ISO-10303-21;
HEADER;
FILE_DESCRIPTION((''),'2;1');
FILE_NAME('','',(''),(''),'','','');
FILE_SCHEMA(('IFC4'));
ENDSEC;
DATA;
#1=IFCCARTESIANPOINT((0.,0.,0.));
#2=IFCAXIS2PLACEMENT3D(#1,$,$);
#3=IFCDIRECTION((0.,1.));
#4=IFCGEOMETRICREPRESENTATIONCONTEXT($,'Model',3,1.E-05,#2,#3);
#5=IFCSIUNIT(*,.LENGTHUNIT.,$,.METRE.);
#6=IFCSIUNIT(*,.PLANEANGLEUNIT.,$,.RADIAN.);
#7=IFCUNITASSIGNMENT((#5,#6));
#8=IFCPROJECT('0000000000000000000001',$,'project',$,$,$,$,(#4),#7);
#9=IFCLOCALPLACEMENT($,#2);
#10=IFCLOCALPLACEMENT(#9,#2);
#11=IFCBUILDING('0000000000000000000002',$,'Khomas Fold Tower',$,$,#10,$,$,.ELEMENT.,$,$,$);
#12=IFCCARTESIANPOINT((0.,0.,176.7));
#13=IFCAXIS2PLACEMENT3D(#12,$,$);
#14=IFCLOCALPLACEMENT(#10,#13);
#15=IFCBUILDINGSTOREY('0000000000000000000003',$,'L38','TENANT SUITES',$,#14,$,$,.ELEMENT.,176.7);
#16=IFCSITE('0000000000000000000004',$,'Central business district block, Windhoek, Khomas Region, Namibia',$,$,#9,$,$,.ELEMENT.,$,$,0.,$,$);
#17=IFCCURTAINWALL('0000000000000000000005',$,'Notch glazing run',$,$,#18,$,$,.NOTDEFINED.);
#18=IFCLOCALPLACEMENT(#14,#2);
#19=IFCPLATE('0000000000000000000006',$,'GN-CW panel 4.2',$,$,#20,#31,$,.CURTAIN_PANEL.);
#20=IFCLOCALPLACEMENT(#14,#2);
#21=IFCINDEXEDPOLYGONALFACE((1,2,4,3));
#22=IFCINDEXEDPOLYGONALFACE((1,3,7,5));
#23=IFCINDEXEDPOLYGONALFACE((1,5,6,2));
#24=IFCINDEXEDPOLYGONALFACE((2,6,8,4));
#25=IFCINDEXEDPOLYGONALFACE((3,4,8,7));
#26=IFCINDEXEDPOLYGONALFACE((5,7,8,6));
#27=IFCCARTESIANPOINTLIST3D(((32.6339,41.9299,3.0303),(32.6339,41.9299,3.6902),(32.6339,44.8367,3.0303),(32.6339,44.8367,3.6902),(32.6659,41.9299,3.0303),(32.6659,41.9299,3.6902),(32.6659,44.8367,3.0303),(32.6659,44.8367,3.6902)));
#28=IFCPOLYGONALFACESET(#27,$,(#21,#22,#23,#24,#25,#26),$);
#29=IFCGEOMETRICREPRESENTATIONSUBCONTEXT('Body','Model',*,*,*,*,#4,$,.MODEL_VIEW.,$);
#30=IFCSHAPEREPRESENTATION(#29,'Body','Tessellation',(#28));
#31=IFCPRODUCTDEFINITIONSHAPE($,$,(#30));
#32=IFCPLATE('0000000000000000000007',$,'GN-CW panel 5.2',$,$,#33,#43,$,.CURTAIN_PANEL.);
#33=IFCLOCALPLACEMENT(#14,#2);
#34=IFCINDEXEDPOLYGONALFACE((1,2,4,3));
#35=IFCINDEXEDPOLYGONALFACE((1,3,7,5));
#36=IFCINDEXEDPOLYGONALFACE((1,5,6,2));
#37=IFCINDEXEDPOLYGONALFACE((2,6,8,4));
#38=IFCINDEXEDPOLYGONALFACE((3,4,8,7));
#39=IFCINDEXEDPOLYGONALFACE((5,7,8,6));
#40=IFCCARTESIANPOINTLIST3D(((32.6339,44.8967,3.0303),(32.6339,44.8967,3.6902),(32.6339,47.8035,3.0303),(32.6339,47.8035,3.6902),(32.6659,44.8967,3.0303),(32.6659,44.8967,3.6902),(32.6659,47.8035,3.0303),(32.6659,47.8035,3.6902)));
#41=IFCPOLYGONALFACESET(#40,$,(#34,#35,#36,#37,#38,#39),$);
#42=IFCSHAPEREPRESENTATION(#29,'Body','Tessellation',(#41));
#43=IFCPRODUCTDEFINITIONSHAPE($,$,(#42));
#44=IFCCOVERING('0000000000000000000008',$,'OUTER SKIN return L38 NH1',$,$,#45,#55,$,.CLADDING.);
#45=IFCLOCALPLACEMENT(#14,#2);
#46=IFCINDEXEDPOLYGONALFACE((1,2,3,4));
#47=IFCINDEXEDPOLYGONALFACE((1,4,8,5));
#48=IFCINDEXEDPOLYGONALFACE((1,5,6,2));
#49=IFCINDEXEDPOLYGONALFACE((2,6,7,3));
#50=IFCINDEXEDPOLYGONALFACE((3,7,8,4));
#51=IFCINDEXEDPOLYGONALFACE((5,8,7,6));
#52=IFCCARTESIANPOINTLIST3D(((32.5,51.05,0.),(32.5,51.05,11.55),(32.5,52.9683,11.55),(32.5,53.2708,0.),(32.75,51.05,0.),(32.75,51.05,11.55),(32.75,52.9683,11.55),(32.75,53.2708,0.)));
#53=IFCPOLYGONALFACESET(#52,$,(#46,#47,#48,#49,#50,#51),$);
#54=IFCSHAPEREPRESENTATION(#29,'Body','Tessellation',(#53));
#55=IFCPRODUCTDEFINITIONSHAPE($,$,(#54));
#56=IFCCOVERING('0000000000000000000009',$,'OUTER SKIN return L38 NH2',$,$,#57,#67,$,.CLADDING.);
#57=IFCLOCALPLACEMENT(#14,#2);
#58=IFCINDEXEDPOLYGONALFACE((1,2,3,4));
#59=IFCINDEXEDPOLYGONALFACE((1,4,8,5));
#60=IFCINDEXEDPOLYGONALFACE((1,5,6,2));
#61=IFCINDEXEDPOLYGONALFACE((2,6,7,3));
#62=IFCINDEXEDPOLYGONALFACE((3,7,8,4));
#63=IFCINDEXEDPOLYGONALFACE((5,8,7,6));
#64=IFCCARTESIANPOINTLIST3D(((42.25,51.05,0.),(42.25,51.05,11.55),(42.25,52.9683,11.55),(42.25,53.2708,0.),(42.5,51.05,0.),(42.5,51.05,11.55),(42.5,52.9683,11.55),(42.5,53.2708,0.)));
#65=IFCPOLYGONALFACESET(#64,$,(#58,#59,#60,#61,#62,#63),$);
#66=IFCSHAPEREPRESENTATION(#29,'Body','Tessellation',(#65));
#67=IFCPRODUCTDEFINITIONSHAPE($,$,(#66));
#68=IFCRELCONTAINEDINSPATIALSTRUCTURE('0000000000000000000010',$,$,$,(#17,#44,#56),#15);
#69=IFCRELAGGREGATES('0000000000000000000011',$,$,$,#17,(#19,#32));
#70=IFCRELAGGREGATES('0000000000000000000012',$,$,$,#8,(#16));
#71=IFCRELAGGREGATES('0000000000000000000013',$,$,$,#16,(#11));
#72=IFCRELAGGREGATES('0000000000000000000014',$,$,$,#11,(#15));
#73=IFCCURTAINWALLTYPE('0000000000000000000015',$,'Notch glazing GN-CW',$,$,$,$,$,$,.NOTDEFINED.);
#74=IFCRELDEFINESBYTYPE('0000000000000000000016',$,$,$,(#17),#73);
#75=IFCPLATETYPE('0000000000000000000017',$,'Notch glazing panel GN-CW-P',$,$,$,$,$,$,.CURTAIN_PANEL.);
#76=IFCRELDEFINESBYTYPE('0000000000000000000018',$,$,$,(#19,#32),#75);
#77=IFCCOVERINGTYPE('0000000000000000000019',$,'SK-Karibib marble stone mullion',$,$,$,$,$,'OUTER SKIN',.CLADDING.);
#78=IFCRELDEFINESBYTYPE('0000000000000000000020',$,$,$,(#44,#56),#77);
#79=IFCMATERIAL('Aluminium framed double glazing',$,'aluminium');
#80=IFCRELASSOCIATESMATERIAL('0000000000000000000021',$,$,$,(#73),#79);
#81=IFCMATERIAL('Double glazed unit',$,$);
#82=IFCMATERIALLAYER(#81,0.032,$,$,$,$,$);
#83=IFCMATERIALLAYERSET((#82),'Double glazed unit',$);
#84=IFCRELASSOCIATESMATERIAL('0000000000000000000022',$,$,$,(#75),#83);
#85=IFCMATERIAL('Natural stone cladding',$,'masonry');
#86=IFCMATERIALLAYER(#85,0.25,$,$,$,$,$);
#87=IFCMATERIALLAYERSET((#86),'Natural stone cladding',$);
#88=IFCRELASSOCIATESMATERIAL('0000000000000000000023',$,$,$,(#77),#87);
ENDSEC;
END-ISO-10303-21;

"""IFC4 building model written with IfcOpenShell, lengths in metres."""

from ifc_helpers import new_model, si_unit, direction, frame, origin, origin_2d, place, context, subcontext, project, spatial, polyline, rectangle, outline, extrude, source, transform, mapped, material, layer, layer_set, type_object, element, aggregate, save


model = new_model("IFC4")

# Units and contexts
model_context = context("Model", 3, precision=1e-05, world=origin(), true_north=direction((0.0, 1.0)))
body_context = subcontext(model_context, "Body", "Model", "MODEL_VIEW")
ifc_project = project(units=[si_unit("LENGTHUNIT", "METRE"), si_unit("PLANEANGLEUNIT", "RADIAN")], contexts=[model_context])

# Site, building, storey
site_placement = place(None, origin())
site = spatial("IfcSite", under=ifc_project, at=site_placement, Name="Central business district block, Windhoek, Khomas Region, Namibia", CompositionType="ELEMENT", RefElevation=0.0)
building_placement = place(site_placement, origin())
building = spatial("IfcBuilding", under=site, at=building_placement, Name="Khomas Fold Tower", CompositionType="ELEMENT")
storey_placement = place(building_placement, frame((0.0, 0.0, 176.7)))
storey = spatial("IfcBuildingStorey", under=building, at=storey_placement, Name="L38", Description="TENANT SUITES", CompositionType="ELEMENT", Elevation=176.7)

# Curtain wall
ifc_material_1 = material(Name="Aluminium framed double glazing", Category="aluminium")
curtain_wall_type_1 = type_object("IfcCurtainWallType", Name="Notch glazing GN-CW", PredefinedType="NOTDEFINED", material=ifc_material_1)
curtain_wall_1_placement = place(storey_placement, origin())
curtain_wall_1 = element("IfcCurtainWall", 1, at=curtain_wall_1_placement, inside=storey, type_object=curtain_wall_type_1, Name="Notch glazing run", PredefinedType="NOTDEFINED")

# Plates
ifc_material_2 = material(Name="Double glazed unit")
ifc_layer_1 = layer(ifc_material_2, 0.032)
ifc_layer_set_1 = layer_set([ifc_layer_1], Name="Double glazed unit")
plate_type = type_object("IfcPlateType", Name="Notch glazing panel GN-CW-P", PredefinedType="CURTAIN_PANEL", material=ifc_layer_set_1)
shared_shape_1 = source(origin(), body_context, "Body", "SweptSolid", [
    extrude(rectangle(XDim=2.9067, YDim=0.032, at=origin_2d()), origin(), (0.0, 0.0, 1.0), 0.6599),
])
plate_1_placement = place(storey_placement, frame((32.6499, 43.3833, 3.0303), z_axis=(0.0, 0.0, 1.0), x_axis=(0.0, 1.0, 0.0)))
plate_1 = element("IfcPlate", 2, at=plate_1_placement, type_object=plate_type, Name="GN-CW panel 4.2", PredefinedType="CURTAIN_PANEL", context=body_context, shape_type="MappedRepresentation", body=[
    mapped(shared_shape_1, transform((0.0, 0.0, 0.0))),
])
plate_2_placement = place(storey_placement, frame((32.6499, 46.3501, 3.0303), z_axis=(0.0, 0.0, 1.0), x_axis=(0.0, 1.0, 0.0)))
plate_2 = element("IfcPlate", 3, at=plate_2_placement, type_object=plate_type, Name="GN-CW panel 5.2", PredefinedType="CURTAIN_PANEL", context=body_context, shape_type="MappedRepresentation", body=[
    mapped(shared_shape_1, transform((0.0, 0.0, 0.0))),
])
aggregate(curtain_wall_1, [plate_1, plate_2])

# Coverings
ifc_material_3 = material(Name="Natural stone cladding", Category="masonry")
ifc_layer_2 = layer(ifc_material_3, 0.25)
ifc_layer_set_2 = layer_set([ifc_layer_2], Name="Natural stone cladding")
covering_type = type_object("IfcCoveringType", Name="SK-Karibib marble stone mullion", ElementType="OUTER SKIN", PredefinedType="CLADDING", material=ifc_layer_set_2)
covering_1_placement = place(storey_placement, frame((32.75, 51.05, 0.0), z_axis=(1.0, 0.0, 0.0), x_axis=(0.0, 1.0, 0.0)))
element("IfcCovering", 4, at=covering_1_placement, inside=storey, type_object=covering_type, Name="OUTER SKIN return L38 NH1", PredefinedType="CLADDING", context=body_context, shape_type="SweptSolid", body=[
    extrude(outline(polyline([(0.0, 0.0), (2.2207, 0.0), (1.9182, 11.55), (0.0, 11.55), (0.0, 0.0)])), origin(), (0.0, 0.0, -1.0), 0.25),
])
covering_2_placement = place(storey_placement, frame((42.25, 51.05, 11.55), z_axis=(-1.0, 0.0, 0.0), x_axis=(0.0, 1.0, 0.0)))
element("IfcCovering", 5, at=covering_2_placement, inside=storey, type_object=covering_type, Name="OUTER SKIN return L38 NH2", PredefinedType="CLADDING", context=body_context, shape_type="SweptSolid", body=[
    extrude(outline(polyline([(0.0, 0.0), (1.9182, 0.0), (2.2207, 11.55), (0.0, 11.55), (0.0, 0.0)])), origin(), (0.0, 0.0, -1.0), 0.25),
])

save(model, "model.ifc")
